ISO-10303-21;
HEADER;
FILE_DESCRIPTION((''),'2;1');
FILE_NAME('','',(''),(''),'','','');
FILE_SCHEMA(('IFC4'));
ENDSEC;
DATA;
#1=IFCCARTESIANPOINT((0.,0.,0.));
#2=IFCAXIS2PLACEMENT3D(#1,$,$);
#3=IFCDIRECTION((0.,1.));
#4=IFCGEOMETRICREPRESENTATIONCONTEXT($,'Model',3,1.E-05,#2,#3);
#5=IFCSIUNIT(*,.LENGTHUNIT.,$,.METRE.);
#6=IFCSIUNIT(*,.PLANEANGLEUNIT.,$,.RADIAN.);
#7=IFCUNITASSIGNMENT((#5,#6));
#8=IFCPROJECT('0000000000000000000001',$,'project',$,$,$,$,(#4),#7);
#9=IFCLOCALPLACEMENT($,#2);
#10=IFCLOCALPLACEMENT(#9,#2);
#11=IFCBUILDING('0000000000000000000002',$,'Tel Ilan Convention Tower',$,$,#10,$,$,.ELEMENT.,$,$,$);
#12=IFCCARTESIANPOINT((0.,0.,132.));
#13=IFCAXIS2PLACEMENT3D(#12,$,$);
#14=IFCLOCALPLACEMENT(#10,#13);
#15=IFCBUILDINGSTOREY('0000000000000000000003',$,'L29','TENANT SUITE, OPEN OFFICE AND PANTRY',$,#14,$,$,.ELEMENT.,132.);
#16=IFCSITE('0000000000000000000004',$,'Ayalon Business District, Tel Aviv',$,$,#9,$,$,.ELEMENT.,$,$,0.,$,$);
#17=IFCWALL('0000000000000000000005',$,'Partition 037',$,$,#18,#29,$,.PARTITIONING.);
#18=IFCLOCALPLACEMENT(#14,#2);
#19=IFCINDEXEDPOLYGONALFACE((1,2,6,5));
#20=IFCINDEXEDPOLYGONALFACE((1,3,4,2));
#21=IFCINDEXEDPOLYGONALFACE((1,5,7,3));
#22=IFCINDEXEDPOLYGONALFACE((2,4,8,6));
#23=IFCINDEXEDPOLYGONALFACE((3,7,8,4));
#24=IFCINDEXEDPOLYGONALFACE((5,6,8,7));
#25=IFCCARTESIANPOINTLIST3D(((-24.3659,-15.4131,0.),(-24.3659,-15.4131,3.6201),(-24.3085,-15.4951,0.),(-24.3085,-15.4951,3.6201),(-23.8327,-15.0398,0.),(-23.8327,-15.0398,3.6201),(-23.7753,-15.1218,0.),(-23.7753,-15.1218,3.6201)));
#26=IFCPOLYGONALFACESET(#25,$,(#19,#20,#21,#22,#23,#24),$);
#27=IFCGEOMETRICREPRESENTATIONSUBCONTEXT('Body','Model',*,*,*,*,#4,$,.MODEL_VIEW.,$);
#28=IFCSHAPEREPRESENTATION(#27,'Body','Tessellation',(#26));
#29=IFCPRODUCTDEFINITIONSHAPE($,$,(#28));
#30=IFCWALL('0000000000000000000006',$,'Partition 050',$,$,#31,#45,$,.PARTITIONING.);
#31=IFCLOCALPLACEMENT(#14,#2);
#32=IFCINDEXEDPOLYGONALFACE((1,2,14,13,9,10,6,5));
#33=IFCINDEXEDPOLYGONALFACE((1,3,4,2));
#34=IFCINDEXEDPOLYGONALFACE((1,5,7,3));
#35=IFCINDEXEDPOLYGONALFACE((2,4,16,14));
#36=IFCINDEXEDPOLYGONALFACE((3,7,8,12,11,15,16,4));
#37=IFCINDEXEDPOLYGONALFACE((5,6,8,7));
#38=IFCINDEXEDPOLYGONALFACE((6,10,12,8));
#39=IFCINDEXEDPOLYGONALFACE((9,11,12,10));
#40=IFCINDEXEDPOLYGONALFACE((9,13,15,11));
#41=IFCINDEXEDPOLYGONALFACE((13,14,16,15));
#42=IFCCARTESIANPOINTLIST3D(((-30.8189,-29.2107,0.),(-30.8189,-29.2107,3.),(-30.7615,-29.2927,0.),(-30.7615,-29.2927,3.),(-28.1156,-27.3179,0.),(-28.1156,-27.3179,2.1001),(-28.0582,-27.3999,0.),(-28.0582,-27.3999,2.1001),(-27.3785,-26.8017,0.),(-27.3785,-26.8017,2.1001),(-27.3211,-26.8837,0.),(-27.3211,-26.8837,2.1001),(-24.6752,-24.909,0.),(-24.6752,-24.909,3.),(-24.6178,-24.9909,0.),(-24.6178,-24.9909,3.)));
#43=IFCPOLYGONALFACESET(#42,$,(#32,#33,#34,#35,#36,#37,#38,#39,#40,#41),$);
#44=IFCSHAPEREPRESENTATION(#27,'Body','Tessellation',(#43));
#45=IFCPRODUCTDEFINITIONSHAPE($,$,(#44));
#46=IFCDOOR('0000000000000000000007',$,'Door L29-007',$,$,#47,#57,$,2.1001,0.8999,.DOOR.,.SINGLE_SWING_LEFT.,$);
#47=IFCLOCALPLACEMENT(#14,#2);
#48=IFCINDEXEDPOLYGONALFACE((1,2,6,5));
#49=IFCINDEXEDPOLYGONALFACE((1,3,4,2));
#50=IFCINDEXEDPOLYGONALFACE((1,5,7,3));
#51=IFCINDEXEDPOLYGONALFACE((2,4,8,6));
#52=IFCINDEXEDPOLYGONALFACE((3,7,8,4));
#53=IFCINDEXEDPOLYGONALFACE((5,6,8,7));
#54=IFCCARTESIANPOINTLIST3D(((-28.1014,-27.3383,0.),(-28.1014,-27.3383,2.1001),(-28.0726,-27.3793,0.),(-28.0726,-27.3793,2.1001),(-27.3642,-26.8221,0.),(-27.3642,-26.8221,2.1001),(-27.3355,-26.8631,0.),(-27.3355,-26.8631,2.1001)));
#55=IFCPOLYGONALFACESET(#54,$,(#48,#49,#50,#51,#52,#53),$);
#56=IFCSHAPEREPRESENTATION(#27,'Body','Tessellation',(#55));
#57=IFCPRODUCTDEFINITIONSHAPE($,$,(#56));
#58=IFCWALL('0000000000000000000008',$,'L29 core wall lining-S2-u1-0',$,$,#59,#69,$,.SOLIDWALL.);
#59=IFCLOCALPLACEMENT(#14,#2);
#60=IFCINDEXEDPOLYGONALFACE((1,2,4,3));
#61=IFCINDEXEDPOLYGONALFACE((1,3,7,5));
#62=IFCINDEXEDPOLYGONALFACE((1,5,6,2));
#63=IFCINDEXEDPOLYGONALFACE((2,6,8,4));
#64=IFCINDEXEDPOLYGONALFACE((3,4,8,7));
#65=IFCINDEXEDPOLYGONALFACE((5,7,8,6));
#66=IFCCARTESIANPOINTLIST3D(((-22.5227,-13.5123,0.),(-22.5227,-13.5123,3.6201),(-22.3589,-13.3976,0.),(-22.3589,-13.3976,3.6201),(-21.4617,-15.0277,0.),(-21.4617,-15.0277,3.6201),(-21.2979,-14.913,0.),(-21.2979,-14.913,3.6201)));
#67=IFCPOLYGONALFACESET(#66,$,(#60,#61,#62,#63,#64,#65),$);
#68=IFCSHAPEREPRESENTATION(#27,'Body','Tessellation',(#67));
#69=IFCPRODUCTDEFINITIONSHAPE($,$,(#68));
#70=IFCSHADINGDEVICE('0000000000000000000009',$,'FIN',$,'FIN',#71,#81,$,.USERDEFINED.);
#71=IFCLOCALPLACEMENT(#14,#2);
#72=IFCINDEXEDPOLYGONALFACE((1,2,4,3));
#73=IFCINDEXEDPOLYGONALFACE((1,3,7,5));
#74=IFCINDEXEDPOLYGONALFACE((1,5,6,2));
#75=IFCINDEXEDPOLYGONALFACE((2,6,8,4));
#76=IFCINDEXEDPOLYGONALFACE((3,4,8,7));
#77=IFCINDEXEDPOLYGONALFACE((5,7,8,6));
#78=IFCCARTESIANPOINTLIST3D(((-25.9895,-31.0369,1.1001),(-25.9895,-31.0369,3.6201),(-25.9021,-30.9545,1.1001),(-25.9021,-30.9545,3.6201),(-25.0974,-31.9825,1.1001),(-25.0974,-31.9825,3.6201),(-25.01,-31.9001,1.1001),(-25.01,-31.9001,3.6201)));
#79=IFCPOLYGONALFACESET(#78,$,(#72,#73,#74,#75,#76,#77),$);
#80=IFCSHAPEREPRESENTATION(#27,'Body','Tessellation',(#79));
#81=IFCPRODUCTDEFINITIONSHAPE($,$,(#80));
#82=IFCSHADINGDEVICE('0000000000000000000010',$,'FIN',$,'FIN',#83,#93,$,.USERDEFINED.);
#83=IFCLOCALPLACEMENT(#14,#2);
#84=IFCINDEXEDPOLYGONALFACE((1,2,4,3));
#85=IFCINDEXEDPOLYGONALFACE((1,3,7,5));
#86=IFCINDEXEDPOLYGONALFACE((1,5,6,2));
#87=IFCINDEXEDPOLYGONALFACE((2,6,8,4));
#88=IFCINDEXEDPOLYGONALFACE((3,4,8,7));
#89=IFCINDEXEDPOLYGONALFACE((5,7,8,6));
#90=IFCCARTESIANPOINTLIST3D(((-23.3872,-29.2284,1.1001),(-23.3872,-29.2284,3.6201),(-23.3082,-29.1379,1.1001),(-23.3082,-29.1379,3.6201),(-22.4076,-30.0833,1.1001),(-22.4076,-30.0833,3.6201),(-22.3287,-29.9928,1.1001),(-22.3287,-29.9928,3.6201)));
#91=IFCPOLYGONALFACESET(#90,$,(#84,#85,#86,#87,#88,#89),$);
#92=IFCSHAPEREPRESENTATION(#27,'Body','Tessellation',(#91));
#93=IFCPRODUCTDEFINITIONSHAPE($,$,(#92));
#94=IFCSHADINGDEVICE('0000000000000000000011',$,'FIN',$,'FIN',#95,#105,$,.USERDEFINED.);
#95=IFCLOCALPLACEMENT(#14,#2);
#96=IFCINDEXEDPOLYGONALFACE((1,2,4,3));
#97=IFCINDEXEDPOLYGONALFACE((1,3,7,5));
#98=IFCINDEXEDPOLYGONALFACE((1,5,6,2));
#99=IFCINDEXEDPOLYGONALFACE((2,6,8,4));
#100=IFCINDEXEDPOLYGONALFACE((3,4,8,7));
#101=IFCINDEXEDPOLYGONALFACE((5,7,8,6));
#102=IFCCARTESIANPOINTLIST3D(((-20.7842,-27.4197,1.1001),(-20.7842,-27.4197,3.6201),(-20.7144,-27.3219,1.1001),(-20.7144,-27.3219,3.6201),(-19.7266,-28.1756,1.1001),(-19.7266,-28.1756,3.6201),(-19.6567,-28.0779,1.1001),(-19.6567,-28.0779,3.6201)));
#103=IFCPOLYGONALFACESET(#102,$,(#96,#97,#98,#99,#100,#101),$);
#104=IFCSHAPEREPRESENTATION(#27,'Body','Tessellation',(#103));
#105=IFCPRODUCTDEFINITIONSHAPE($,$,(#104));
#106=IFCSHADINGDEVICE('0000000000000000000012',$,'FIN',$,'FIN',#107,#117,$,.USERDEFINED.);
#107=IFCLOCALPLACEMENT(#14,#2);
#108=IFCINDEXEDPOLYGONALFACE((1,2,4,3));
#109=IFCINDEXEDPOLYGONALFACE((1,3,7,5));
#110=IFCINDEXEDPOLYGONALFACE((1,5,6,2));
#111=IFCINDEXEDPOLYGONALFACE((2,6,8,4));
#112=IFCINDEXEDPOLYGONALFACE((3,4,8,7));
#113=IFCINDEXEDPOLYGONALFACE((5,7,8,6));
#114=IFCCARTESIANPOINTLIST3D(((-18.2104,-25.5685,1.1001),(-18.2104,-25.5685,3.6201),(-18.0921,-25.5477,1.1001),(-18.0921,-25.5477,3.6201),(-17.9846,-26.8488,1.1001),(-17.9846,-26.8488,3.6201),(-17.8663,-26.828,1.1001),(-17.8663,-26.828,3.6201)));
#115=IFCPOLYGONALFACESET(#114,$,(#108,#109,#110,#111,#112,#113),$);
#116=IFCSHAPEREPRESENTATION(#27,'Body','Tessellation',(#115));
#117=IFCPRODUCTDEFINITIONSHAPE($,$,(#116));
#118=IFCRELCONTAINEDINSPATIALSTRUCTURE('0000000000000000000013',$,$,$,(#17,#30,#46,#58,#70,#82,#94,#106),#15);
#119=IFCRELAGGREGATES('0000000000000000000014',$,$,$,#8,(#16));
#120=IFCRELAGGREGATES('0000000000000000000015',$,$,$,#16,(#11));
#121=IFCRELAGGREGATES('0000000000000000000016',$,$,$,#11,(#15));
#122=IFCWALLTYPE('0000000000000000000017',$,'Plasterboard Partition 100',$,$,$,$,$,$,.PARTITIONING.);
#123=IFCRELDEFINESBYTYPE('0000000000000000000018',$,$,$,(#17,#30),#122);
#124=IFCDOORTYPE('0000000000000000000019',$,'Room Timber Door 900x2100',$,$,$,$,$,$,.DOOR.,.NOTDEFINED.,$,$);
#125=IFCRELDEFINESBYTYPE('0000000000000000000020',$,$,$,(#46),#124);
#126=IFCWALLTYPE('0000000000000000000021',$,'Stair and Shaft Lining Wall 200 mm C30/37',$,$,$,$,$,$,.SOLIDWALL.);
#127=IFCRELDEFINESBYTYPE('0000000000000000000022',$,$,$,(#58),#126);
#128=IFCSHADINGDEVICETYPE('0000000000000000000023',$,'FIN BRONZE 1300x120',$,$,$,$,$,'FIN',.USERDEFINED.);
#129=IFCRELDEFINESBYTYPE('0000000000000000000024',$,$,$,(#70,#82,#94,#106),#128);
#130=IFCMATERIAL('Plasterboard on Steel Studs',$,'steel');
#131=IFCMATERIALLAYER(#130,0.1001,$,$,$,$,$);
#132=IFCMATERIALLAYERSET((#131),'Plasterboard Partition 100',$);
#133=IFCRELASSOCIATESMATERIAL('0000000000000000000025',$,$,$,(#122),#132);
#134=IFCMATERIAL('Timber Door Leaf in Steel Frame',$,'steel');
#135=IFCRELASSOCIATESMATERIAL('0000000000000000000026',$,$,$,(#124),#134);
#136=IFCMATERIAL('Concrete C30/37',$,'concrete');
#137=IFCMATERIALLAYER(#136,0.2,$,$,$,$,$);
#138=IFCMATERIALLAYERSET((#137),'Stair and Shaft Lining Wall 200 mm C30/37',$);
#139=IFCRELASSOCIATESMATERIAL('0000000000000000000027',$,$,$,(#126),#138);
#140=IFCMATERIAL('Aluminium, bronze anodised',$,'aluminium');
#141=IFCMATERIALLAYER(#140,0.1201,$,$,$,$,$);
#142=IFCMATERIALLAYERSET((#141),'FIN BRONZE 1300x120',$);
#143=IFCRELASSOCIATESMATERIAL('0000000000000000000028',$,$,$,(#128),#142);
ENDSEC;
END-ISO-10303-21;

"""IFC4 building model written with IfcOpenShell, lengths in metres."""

from ifc_helpers import new_model, si_unit, direction, frame, frame_2d, origin, origin_2d, place, context, subcontext, project, spatial, rectangle, extrude, material, layer, layer_set, type_object, element, fill, save


model = new_model("IFC4")

# Units and contexts
model_context = context("Model", 3, precision=1e-05, world=origin(), true_north=direction((0.0, 1.0)))
body_context = subcontext(model_context, "Body", "Model", "MODEL_VIEW")
ifc_project = project(units=[si_unit("LENGTHUNIT", "METRE"), si_unit("PLANEANGLEUNIT", "RADIAN")], contexts=[model_context])

# Site, building, storey
site_placement = place(None, origin())
site = spatial("IfcSite", under=ifc_project, at=site_placement, Name="Ayalon Business District, Tel Aviv", CompositionType="ELEMENT", RefElevation=0.0)
building_placement = place(site_placement, origin())
building = spatial("IfcBuilding", under=site, at=building_placement, Name="Tel Ilan Convention Tower", CompositionType="ELEMENT")
storey_placement = place(building_placement, frame((0.0, 0.0, 132.0)))
storey = spatial("IfcBuildingStorey", under=building, at=storey_placement, Name="L29", Description="TENANT SUITE, OPEN OFFICE AND PANTRY", CompositionType="ELEMENT", Elevation=132.0)

# Wall
ifc_material_1 = material(Name="Plasterboard on Steel Studs", Category="steel")
ifc_layer_1 = layer(ifc_material_1, 0.1001)
ifc_layer_set_1 = layer_set([ifc_layer_1], Name="Plasterboard Partition 100")
wall_type_1 = type_object("IfcWallType", Name="Plasterboard Partition 100", PredefinedType="PARTITIONING", material=ifc_layer_set_1)
wall_1_placement = place(storey_placement, frame((-24.3372, -15.4541, 0.0), z_axis=(0.0, 0.0, 1.0), x_axis=(0.819197, 0.573513, 0.0)))
element("IfcWall", 1, at=wall_1_placement, inside=storey, type_object=wall_type_1, Name="Partition 037", PredefinedType="PARTITIONING", context=body_context, shape_type="SweptSolid", body=[
    extrude(rectangle(XDim=0.6509, YDim=0.1001, at=frame_2d((0.3254, 0.0))), origin(), (0.0, 0.0, 1.0), 3.6201),
])

# Wall, opening, door
wall_2_placement = place(storey_placement, frame((-24.6465, -24.95, 0.0), z_axis=(0.0, 0.0, 1.0), x_axis=(-0.819163, -0.573561, 0.0)))
wall_2 = element("IfcWall", 2, at=wall_2_placement, inside=storey, type_object=wall_type_1, Name="Partition 050", PredefinedType="PARTITIONING", context=body_context, shape_type="SweptSolid", body=[
    extrude(rectangle(XDim=7.5, YDim=0.1001, at=frame_2d((3.75, 0.0))), origin(), (0.0, 0.0, 1.0), 3.0),
])
opening_1_placement = place(wall_2_placement, frame((3.3, 0.0, 0.0)))
opening_1 = element("IfcOpeningElement", 3, at=opening_1_placement, cuts=wall_2, PredefinedType="OPENING", context=body_context, shape_type="SweptSolid", body=[
    extrude(rectangle(XDim=0.8999, YDim=2.1001, at=frame_2d((0.45, 1.05))), frame((0.0, 0.0601, 0.0), z_axis=(0.0, -1.0, 0.0), x_axis=(1.0, 0.0, 0.0)), (0.0, 0.0, 1.0), 0.1201),
])
ifc_material_2 = material(Name="Timber Door Leaf in Steel Frame", Category="steel")
door_type_1 = type_object("IfcDoorType", Name="Room Timber Door 900x2100", OperationType="NOTDEFINED", PredefinedType="DOOR", material=ifc_material_2)
door_1_placement = place(opening_1_placement, origin())
door_1 = element("IfcDoor", 4, at=door_1_placement, inside=storey, type_object=door_type_1, Name="Door L29-007", OperationType="SINGLE_SWING_LEFT", OverallHeight=2.1001, OverallWidth=0.8999, PredefinedType="DOOR", context=body_context, shape_type="SweptSolid", body=[
    extrude(rectangle(XDim=0.8999, YDim=2.1001, at=frame_2d((0.45, 1.05))), frame((0.0, 0.0249, 0.0), z_axis=(0.0, -1.0, 0.0), x_axis=(1.0, 0.0, 0.0)), (0.0, 0.0, 1.0), 0.05),
])
fill(opening_1, door_1)

# Wall
ifc_material_3 = material(Name="Concrete C30/37", Category="concrete")
ifc_layer_2 = layer(ifc_material_3, 0.2)
ifc_layer_set_2 = layer_set([ifc_layer_2], Name="Stair and Shaft Lining Wall 200 mm C30/37")
wall_type_2 = type_object("IfcWallType", Name="Stair and Shaft Lining Wall 200 mm C30/37", PredefinedType="SOLIDWALL", material=ifc_layer_set_2)
wall_3_placement = place(storey_placement, frame((-21.3799, -14.9702, 0.0), z_axis=(0.0, 0.0, 1.0), x_axis=(-0.57356, 0.819164, 0.0)))
element("IfcWall", 5, at=wall_3_placement, inside=storey, type_object=wall_type_2, Name="L29 core wall lining-S2-u1-0", PredefinedType="SOLIDWALL", context=body_context, shape_type="SweptSolid", body=[
    extrude(rectangle(XDim=1.8499, YDim=0.2, at=frame_2d((0.9248, 0.0))), origin(), (0.0, 0.0, 1.0), 3.6201),
])

# Shading devices
ifc_material_4 = material(Name="Aluminium, bronze anodised", Category="aluminium")
ifc_layer_3 = layer(ifc_material_4, 0.1201)
ifc_layer_set_3 = layer_set([ifc_layer_3], Name="FIN BRONZE 1300x120")
shading_device_type = type_object("IfcShadingDeviceType", Name="FIN BRONZE 1300x120", ElementType="FIN", PredefinedType="USERDEFINED", material=ifc_layer_set_3)
for number, where, z_axis, x_axis, name in (
    (6, (-25.4998, -31.4685, 1.1001), (0.0, 0.0, 1.0), (0.686242, -0.727374, 0.0), "FIN"),
    (7, (-22.8579, -29.6106, 1.1001), (0.0, 0.0, 1.0), (0.753436, -0.657521, 0.0), "FIN"),
    (8, (-20.2205, -27.7488, 1.1001), (0.0, 0.0, 1.0), (0.813552, -0.581492, 0.0), "FIN"),
    (9, (-18.0383, -26.1982, 1.1001), (0.0, 0.0, 1.0), (0.173648, -0.984808, 0.0), "FIN"),
):
    element("IfcShadingDevice", number, at=place(storey_placement, frame(where, z_axis=z_axis, x_axis=x_axis)), inside=storey, type_object=shading_device_type, Name=name, ObjectType="FIN", PredefinedType="USERDEFINED", context=body_context, shape_type="SweptSolid", body=[
        extrude(rectangle(XDim=1.3, YDim=0.1201, at=origin_2d()), origin(), (0.0, 0.0, 1.0), 2.52),
    ])

save(model, "model.ifc")
